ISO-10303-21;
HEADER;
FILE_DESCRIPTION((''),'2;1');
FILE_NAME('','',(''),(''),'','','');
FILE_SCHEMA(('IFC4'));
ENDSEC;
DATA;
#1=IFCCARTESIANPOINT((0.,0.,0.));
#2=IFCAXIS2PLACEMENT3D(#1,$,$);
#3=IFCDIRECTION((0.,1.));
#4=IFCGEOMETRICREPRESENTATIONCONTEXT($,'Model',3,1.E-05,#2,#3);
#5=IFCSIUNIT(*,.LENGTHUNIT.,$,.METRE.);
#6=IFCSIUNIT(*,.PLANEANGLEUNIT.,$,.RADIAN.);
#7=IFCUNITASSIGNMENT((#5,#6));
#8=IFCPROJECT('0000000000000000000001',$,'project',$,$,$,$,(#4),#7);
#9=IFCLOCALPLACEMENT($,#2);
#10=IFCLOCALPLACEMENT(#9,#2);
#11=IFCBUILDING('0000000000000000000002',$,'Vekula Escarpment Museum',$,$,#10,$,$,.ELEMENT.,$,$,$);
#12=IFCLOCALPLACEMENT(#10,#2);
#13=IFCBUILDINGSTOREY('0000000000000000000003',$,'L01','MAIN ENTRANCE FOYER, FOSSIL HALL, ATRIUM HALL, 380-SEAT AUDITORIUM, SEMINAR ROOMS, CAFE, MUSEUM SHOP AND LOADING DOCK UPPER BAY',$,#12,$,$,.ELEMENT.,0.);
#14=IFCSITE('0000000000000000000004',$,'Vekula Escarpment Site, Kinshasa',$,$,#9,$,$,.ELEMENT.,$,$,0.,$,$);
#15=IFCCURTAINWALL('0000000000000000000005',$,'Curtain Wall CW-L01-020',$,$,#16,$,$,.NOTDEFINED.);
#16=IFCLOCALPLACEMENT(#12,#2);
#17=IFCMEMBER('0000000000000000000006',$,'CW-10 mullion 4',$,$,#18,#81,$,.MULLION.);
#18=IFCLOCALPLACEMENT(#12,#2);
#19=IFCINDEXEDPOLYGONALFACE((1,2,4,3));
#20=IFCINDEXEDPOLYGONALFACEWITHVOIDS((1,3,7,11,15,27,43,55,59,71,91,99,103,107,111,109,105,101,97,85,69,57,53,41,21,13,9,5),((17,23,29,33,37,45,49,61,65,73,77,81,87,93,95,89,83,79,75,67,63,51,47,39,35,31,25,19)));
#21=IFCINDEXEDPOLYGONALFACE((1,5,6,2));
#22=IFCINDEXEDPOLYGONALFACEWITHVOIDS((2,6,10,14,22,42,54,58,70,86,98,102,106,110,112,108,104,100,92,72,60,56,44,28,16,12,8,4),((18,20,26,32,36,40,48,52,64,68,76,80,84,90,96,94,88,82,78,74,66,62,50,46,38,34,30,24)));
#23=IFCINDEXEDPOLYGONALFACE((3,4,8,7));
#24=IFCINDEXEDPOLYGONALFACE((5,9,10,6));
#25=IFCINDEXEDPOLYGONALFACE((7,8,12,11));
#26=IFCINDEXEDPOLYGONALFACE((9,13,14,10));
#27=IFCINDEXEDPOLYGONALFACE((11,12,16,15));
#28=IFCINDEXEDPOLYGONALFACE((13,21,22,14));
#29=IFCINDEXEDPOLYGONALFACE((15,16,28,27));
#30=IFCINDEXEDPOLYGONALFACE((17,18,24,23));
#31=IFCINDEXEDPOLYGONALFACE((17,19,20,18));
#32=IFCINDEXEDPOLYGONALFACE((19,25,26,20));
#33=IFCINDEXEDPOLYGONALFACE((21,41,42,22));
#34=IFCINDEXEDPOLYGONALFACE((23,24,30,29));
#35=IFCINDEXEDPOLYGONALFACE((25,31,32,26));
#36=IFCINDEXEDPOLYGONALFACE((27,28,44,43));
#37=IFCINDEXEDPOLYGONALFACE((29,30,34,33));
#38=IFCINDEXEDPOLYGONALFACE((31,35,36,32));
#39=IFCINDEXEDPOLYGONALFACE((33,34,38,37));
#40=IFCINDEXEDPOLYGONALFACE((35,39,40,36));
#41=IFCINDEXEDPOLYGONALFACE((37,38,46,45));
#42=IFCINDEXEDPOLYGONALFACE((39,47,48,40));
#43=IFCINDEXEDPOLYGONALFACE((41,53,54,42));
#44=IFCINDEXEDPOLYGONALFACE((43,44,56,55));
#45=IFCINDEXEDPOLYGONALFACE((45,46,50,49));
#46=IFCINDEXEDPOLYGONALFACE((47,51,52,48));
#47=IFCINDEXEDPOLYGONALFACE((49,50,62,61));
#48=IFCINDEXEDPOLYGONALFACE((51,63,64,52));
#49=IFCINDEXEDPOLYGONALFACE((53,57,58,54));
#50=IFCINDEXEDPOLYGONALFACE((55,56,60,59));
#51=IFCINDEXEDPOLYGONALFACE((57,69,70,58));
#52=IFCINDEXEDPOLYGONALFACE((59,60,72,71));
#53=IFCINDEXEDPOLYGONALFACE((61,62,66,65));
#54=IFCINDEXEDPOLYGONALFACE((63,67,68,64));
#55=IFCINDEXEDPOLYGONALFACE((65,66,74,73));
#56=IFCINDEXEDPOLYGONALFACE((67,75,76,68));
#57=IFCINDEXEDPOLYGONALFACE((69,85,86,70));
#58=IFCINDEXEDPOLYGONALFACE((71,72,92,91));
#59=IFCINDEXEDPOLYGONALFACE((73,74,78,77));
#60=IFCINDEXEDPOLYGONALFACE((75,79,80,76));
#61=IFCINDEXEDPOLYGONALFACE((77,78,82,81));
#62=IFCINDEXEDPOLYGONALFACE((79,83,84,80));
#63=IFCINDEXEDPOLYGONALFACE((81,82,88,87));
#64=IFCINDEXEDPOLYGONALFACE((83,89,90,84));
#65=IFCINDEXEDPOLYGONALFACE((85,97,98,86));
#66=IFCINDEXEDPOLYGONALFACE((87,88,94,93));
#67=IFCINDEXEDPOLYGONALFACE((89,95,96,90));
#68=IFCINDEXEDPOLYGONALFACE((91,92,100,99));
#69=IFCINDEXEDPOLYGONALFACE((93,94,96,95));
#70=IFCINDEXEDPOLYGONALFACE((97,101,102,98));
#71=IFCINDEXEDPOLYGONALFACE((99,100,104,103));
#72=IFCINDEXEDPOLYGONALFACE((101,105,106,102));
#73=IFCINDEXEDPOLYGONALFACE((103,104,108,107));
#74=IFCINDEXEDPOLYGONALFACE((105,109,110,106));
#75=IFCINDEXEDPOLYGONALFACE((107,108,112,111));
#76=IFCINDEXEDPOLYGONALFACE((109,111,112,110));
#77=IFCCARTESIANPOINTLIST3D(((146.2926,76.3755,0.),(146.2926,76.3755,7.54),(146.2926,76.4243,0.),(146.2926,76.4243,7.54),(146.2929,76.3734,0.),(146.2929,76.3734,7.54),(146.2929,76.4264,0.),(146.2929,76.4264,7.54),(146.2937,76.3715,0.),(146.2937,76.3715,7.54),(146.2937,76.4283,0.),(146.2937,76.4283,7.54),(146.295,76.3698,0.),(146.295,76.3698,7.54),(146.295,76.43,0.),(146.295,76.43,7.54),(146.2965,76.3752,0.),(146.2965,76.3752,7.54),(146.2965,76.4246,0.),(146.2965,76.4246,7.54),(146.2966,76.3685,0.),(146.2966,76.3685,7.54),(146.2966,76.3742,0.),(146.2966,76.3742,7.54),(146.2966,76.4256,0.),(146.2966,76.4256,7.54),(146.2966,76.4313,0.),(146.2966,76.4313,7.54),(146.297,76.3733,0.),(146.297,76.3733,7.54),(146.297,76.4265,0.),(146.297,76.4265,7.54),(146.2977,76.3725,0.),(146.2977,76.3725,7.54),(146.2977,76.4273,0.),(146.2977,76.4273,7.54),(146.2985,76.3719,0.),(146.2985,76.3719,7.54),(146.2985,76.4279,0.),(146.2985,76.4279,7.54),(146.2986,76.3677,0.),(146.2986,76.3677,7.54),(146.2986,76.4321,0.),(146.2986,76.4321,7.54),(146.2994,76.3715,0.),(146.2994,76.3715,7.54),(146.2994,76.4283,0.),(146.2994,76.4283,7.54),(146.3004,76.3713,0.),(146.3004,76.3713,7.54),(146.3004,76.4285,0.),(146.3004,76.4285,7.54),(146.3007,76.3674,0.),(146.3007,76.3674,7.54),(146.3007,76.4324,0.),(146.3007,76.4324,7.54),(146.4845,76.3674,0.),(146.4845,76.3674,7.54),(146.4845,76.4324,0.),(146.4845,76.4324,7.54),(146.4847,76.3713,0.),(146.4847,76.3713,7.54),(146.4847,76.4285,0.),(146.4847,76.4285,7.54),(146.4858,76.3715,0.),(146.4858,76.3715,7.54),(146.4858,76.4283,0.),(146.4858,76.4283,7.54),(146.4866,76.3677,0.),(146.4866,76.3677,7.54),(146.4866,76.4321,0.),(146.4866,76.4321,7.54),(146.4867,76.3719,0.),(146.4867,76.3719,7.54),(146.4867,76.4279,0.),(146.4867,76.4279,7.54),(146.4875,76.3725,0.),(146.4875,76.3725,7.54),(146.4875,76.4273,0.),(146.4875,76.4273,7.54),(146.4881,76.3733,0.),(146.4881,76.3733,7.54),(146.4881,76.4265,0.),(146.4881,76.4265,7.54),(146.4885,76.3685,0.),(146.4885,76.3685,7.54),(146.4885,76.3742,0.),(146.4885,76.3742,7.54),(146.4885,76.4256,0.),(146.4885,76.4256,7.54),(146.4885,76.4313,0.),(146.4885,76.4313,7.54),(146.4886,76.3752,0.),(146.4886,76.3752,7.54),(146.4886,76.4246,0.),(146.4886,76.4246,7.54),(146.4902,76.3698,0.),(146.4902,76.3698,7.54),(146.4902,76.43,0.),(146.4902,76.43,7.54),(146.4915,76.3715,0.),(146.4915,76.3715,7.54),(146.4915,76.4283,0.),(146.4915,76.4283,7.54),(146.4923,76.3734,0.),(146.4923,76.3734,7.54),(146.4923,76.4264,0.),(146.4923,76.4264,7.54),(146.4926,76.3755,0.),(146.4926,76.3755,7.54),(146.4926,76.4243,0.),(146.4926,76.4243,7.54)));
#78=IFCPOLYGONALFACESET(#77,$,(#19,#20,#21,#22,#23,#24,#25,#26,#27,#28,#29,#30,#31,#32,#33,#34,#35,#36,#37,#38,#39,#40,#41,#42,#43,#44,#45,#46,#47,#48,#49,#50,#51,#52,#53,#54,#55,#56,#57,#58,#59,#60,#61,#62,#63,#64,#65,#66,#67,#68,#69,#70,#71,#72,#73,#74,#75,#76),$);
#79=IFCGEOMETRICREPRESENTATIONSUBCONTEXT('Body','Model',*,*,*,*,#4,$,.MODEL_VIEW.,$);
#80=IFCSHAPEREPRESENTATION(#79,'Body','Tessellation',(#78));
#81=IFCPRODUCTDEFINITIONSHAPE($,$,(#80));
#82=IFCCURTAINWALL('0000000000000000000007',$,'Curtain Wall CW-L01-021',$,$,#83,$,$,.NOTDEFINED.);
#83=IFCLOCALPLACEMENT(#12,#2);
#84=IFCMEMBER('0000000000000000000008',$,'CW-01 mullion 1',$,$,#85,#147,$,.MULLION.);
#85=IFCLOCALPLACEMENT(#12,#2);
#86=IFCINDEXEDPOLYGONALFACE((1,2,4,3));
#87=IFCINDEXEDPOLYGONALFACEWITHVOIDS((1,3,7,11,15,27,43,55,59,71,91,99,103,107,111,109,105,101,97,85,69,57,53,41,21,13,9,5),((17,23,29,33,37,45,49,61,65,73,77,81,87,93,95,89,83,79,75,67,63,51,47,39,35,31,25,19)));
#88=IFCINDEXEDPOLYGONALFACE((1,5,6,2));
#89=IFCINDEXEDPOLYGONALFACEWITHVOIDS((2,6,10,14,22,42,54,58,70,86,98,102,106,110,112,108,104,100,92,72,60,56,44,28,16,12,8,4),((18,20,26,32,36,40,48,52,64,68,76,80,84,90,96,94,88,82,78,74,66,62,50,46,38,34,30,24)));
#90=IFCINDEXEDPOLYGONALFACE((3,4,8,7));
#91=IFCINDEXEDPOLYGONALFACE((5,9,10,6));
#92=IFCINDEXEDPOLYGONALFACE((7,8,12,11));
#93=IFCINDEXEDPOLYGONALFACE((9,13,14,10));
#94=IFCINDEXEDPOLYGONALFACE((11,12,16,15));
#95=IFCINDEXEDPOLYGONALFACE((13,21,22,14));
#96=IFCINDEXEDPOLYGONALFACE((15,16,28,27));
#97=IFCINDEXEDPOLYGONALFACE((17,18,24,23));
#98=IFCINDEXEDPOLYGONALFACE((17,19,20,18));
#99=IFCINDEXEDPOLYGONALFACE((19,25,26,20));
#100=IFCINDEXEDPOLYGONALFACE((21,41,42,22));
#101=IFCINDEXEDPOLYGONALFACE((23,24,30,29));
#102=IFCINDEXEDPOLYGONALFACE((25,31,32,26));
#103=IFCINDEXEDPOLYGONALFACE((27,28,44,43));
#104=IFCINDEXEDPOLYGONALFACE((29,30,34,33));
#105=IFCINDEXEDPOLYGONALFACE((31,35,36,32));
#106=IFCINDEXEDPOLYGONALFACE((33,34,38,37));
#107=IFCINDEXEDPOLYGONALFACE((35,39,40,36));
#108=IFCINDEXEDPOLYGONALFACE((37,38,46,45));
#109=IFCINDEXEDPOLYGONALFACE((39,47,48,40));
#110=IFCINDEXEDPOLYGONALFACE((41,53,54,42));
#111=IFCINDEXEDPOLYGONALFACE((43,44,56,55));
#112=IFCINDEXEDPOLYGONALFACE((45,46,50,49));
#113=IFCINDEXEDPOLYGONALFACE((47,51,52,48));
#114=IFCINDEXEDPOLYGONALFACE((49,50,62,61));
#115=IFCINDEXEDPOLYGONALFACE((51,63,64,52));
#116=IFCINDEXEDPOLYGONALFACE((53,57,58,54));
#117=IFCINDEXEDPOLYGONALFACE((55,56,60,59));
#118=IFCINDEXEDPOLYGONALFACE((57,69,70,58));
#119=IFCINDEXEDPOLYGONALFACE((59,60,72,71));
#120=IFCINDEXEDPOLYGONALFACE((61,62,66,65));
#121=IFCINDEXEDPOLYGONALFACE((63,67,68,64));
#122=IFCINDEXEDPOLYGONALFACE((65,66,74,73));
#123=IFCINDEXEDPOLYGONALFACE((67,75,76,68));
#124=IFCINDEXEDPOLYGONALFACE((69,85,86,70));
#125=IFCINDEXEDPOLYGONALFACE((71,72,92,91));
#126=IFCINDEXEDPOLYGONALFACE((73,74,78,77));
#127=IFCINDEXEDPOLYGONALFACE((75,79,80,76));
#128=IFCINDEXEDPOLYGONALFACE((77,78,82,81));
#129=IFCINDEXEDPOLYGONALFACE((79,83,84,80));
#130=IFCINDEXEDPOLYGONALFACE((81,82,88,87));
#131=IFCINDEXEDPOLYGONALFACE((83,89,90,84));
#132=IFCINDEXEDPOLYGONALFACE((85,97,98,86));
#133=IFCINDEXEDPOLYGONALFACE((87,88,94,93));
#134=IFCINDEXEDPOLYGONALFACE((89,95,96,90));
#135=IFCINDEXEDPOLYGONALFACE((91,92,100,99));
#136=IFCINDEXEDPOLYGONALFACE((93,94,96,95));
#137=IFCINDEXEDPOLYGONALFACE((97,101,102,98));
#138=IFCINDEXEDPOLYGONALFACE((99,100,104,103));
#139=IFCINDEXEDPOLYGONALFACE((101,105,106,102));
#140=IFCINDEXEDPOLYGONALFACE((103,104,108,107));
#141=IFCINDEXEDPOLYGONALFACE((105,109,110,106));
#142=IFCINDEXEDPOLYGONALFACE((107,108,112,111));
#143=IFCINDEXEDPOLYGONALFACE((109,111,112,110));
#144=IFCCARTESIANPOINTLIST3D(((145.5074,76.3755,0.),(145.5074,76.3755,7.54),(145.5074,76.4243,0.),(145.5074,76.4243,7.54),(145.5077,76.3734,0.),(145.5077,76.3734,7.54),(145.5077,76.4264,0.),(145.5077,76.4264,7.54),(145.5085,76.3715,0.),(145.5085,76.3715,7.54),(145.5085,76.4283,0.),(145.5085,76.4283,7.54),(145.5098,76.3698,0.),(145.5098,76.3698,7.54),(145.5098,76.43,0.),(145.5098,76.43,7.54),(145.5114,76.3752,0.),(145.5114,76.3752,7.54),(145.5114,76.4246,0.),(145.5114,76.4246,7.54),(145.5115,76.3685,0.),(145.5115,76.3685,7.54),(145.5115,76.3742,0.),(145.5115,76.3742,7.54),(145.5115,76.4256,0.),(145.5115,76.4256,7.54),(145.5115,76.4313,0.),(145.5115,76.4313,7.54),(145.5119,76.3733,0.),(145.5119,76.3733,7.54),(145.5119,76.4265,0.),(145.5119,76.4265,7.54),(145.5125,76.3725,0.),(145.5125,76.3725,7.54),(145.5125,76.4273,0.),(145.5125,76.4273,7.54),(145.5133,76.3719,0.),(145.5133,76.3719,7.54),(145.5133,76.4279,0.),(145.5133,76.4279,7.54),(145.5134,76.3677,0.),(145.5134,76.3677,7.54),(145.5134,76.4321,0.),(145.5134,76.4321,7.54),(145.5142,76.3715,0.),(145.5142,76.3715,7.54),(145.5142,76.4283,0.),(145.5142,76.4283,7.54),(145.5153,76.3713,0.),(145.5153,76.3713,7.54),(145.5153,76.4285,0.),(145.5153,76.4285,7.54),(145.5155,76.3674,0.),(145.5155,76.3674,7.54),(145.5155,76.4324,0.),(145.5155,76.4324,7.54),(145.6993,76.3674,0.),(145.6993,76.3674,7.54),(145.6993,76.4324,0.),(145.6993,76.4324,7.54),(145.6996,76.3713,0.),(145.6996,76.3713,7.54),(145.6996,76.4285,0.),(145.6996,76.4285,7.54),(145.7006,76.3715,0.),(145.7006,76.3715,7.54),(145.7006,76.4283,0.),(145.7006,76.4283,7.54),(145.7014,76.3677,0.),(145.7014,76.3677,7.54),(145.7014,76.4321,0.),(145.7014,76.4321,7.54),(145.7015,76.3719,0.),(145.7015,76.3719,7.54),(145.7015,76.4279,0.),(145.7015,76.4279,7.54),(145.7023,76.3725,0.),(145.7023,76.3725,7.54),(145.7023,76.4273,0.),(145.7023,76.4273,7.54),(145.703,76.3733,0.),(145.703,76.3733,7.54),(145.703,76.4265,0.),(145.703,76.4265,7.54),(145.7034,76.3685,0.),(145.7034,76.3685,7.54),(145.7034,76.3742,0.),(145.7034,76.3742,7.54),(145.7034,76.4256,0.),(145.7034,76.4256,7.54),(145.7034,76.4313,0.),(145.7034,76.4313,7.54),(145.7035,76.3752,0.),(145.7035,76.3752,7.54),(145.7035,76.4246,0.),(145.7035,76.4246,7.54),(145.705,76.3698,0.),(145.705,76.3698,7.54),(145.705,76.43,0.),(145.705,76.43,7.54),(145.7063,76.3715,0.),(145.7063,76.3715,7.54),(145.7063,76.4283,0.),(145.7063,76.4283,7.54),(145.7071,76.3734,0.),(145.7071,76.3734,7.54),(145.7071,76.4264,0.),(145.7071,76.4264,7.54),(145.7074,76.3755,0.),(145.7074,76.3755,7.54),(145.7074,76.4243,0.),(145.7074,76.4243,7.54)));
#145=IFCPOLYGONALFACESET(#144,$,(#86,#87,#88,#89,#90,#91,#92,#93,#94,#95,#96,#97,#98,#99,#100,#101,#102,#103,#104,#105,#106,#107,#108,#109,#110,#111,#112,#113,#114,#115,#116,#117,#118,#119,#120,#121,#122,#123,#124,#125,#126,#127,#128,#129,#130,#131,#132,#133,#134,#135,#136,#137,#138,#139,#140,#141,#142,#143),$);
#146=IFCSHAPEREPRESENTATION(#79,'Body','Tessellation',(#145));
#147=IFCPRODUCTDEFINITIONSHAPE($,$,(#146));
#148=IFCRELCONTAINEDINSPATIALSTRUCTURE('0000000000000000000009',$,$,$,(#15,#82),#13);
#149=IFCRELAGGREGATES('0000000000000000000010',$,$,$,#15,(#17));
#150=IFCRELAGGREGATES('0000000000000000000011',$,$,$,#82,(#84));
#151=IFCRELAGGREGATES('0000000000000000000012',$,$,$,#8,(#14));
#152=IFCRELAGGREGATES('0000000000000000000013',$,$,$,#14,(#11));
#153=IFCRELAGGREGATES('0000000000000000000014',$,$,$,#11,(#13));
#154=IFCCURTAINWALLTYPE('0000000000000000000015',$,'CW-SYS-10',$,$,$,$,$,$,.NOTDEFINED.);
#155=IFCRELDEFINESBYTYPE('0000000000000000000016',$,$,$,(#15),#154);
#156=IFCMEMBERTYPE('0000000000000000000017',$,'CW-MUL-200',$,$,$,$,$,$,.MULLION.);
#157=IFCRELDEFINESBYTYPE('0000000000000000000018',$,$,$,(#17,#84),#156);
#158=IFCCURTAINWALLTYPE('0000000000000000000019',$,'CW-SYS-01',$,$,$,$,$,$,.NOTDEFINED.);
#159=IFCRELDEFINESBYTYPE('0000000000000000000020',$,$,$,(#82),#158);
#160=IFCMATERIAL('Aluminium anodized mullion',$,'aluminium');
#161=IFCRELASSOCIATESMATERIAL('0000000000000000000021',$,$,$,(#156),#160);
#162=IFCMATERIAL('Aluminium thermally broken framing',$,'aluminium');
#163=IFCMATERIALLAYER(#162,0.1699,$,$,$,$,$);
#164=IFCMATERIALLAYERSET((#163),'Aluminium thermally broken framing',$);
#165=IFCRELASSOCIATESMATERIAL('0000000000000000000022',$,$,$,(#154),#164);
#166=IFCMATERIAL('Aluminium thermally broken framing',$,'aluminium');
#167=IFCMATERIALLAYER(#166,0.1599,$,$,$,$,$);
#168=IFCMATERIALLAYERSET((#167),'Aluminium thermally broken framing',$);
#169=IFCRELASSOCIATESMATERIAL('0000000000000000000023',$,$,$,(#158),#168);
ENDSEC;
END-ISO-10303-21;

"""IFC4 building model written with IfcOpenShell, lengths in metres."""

from ifc_helpers import new_model, si_unit, direction, frame, origin, origin_2d, place, context, subcontext, project, spatial, hollow_rectangle, extrude, material, layer, layer_set, material_profile, profile_set, type_object, element, aggregate, save


model = new_model("IFC4")

# Units and contexts
model_context = context("Model", 3, precision=1e-05, world=origin(), true_north=direction((0.0, 1.0)))
body_context = subcontext(model_context, "Body", "Model", "MODEL_VIEW")
ifc_project = project(units=[si_unit("LENGTHUNIT", "METRE"), si_unit("PLANEANGLEUNIT", "RADIAN")], contexts=[model_context])

# Site, building, storey
site_placement = place(None, origin())
site = spatial("IfcSite", under=ifc_project, at=site_placement, Name="Vekula Escarpment Site, Kinshasa", CompositionType="ELEMENT", RefElevation=0.0)
building_placement = place(site_placement, origin())
building = spatial("IfcBuilding", under=site, at=building_placement, Name="Vekula Escarpment Museum", CompositionType="ELEMENT")
storey_placement = place(building_placement, origin())
storey = spatial("IfcBuildingStorey", under=building, at=storey_placement, Name="L01", Description="MAIN ENTRANCE FOYER, FOSSIL HALL, ATRIUM HALL, 380-SEAT AUDITORIUM, SEMINAR ROOMS, CAFE, MUSEUM SHOP AND LOADING DOCK UPPER BAY", CompositionType="ELEMENT", Elevation=0.0)

# Curtain walls, members
ifc_material_1 = material(Name="Aluminium anodized mullion", Category="aluminium")
ifc_material_profile_1 = material_profile(ifc_material_1, hollow_rectangle(XDim=0.0649, YDim=0.2, WallThickness=0.0039, InnerFilletRadius=0.0039, OuterFilletRadius=0.0081, at=origin_2d()), Name="ALU 200x65x4")
ifc_profile_set_1 = profile_set([ifc_material_profile_1], Name="Aluminium anodized mullion")
member_type_1 = type_object("IfcMemberType", Name="CW-MUL-200", PredefinedType="MULLION", material=ifc_profile_set_1)
ifc_material_2 = material(Name="Aluminium thermally broken framing", Category="aluminium")
ifc_layer_1 = layer(ifc_material_2, 0.1699)
ifc_layer_set_1 = layer_set([ifc_layer_1], Name="Aluminium thermally broken framing")
curtain_wall_type_1 = type_object("IfcCurtainWallType", Name="CW-SYS-10", PredefinedType="NOTDEFINED", material=ifc_layer_set_1)
curtain_wall_1_placement = place(storey_placement, origin())
curtain_wall_1 = element("IfcCurtainWall", 1, at=curtain_wall_1_placement, inside=storey, type_object=curtain_wall_type_1, Name="Curtain Wall CW-L01-020", PredefinedType="NOTDEFINED")
member_1_placement = place(storey_placement, frame((146.3926, 76.3999, 0.0), z_axis=(0.0, 0.0, 1.0), x_axis=(0.0, -1.0, 0.0)))
member_1 = element("IfcMember", 2, at=member_1_placement, type_object=member_type_1, Name="CW-10 mullion 4", PredefinedType="MULLION", context=body_context, shape_type="SweptSolid", body=[
    extrude(hollow_rectangle(XDim=0.0649, YDim=0.2, WallThickness=0.0039, InnerFilletRadius=0.0039, OuterFilletRadius=0.0081, at=origin_2d()), origin(), (0.0, 0.0, 1.0), 7.54),
])
ifc_material_3 = material(Name="Aluminium thermally broken framing", Category="aluminium")
ifc_layer_2 = layer(ifc_material_3, 0.1599)
ifc_layer_set_2 = layer_set([ifc_layer_2], Name="Aluminium thermally broken framing")
curtain_wall_type_2 = type_object("IfcCurtainWallType", Name="CW-SYS-01", PredefinedType="NOTDEFINED", material=ifc_layer_set_2)
curtain_wall_2_placement = place(storey_placement, origin())
curtain_wall_2 = element("IfcCurtainWall", 3, at=curtain_wall_2_placement, inside=storey, type_object=curtain_wall_type_2, Name="Curtain Wall CW-L01-021", PredefinedType="NOTDEFINED")
member_2_placement = place(storey_placement, frame((145.6074, 76.3999, 0.0), z_axis=(0.0, 0.0, 1.0), x_axis=(0.0, -1.0, 0.0)))
member_2 = element("IfcMember", 4, at=member_2_placement, type_object=member_type_1, Name="CW-01 mullion 1", PredefinedType="MULLION", context=body_context, shape_type="SweptSolid", body=[
    extrude(hollow_rectangle(XDim=0.0649, YDim=0.2, WallThickness=0.0039, InnerFilletRadius=0.0039, OuterFilletRadius=0.0081, at=origin_2d()), origin(), (0.0, 0.0, 1.0), 7.54),
])

aggregate(curtain_wall_1, [member_1])
aggregate(curtain_wall_2, [member_2])

save(model, "model.ifc")
